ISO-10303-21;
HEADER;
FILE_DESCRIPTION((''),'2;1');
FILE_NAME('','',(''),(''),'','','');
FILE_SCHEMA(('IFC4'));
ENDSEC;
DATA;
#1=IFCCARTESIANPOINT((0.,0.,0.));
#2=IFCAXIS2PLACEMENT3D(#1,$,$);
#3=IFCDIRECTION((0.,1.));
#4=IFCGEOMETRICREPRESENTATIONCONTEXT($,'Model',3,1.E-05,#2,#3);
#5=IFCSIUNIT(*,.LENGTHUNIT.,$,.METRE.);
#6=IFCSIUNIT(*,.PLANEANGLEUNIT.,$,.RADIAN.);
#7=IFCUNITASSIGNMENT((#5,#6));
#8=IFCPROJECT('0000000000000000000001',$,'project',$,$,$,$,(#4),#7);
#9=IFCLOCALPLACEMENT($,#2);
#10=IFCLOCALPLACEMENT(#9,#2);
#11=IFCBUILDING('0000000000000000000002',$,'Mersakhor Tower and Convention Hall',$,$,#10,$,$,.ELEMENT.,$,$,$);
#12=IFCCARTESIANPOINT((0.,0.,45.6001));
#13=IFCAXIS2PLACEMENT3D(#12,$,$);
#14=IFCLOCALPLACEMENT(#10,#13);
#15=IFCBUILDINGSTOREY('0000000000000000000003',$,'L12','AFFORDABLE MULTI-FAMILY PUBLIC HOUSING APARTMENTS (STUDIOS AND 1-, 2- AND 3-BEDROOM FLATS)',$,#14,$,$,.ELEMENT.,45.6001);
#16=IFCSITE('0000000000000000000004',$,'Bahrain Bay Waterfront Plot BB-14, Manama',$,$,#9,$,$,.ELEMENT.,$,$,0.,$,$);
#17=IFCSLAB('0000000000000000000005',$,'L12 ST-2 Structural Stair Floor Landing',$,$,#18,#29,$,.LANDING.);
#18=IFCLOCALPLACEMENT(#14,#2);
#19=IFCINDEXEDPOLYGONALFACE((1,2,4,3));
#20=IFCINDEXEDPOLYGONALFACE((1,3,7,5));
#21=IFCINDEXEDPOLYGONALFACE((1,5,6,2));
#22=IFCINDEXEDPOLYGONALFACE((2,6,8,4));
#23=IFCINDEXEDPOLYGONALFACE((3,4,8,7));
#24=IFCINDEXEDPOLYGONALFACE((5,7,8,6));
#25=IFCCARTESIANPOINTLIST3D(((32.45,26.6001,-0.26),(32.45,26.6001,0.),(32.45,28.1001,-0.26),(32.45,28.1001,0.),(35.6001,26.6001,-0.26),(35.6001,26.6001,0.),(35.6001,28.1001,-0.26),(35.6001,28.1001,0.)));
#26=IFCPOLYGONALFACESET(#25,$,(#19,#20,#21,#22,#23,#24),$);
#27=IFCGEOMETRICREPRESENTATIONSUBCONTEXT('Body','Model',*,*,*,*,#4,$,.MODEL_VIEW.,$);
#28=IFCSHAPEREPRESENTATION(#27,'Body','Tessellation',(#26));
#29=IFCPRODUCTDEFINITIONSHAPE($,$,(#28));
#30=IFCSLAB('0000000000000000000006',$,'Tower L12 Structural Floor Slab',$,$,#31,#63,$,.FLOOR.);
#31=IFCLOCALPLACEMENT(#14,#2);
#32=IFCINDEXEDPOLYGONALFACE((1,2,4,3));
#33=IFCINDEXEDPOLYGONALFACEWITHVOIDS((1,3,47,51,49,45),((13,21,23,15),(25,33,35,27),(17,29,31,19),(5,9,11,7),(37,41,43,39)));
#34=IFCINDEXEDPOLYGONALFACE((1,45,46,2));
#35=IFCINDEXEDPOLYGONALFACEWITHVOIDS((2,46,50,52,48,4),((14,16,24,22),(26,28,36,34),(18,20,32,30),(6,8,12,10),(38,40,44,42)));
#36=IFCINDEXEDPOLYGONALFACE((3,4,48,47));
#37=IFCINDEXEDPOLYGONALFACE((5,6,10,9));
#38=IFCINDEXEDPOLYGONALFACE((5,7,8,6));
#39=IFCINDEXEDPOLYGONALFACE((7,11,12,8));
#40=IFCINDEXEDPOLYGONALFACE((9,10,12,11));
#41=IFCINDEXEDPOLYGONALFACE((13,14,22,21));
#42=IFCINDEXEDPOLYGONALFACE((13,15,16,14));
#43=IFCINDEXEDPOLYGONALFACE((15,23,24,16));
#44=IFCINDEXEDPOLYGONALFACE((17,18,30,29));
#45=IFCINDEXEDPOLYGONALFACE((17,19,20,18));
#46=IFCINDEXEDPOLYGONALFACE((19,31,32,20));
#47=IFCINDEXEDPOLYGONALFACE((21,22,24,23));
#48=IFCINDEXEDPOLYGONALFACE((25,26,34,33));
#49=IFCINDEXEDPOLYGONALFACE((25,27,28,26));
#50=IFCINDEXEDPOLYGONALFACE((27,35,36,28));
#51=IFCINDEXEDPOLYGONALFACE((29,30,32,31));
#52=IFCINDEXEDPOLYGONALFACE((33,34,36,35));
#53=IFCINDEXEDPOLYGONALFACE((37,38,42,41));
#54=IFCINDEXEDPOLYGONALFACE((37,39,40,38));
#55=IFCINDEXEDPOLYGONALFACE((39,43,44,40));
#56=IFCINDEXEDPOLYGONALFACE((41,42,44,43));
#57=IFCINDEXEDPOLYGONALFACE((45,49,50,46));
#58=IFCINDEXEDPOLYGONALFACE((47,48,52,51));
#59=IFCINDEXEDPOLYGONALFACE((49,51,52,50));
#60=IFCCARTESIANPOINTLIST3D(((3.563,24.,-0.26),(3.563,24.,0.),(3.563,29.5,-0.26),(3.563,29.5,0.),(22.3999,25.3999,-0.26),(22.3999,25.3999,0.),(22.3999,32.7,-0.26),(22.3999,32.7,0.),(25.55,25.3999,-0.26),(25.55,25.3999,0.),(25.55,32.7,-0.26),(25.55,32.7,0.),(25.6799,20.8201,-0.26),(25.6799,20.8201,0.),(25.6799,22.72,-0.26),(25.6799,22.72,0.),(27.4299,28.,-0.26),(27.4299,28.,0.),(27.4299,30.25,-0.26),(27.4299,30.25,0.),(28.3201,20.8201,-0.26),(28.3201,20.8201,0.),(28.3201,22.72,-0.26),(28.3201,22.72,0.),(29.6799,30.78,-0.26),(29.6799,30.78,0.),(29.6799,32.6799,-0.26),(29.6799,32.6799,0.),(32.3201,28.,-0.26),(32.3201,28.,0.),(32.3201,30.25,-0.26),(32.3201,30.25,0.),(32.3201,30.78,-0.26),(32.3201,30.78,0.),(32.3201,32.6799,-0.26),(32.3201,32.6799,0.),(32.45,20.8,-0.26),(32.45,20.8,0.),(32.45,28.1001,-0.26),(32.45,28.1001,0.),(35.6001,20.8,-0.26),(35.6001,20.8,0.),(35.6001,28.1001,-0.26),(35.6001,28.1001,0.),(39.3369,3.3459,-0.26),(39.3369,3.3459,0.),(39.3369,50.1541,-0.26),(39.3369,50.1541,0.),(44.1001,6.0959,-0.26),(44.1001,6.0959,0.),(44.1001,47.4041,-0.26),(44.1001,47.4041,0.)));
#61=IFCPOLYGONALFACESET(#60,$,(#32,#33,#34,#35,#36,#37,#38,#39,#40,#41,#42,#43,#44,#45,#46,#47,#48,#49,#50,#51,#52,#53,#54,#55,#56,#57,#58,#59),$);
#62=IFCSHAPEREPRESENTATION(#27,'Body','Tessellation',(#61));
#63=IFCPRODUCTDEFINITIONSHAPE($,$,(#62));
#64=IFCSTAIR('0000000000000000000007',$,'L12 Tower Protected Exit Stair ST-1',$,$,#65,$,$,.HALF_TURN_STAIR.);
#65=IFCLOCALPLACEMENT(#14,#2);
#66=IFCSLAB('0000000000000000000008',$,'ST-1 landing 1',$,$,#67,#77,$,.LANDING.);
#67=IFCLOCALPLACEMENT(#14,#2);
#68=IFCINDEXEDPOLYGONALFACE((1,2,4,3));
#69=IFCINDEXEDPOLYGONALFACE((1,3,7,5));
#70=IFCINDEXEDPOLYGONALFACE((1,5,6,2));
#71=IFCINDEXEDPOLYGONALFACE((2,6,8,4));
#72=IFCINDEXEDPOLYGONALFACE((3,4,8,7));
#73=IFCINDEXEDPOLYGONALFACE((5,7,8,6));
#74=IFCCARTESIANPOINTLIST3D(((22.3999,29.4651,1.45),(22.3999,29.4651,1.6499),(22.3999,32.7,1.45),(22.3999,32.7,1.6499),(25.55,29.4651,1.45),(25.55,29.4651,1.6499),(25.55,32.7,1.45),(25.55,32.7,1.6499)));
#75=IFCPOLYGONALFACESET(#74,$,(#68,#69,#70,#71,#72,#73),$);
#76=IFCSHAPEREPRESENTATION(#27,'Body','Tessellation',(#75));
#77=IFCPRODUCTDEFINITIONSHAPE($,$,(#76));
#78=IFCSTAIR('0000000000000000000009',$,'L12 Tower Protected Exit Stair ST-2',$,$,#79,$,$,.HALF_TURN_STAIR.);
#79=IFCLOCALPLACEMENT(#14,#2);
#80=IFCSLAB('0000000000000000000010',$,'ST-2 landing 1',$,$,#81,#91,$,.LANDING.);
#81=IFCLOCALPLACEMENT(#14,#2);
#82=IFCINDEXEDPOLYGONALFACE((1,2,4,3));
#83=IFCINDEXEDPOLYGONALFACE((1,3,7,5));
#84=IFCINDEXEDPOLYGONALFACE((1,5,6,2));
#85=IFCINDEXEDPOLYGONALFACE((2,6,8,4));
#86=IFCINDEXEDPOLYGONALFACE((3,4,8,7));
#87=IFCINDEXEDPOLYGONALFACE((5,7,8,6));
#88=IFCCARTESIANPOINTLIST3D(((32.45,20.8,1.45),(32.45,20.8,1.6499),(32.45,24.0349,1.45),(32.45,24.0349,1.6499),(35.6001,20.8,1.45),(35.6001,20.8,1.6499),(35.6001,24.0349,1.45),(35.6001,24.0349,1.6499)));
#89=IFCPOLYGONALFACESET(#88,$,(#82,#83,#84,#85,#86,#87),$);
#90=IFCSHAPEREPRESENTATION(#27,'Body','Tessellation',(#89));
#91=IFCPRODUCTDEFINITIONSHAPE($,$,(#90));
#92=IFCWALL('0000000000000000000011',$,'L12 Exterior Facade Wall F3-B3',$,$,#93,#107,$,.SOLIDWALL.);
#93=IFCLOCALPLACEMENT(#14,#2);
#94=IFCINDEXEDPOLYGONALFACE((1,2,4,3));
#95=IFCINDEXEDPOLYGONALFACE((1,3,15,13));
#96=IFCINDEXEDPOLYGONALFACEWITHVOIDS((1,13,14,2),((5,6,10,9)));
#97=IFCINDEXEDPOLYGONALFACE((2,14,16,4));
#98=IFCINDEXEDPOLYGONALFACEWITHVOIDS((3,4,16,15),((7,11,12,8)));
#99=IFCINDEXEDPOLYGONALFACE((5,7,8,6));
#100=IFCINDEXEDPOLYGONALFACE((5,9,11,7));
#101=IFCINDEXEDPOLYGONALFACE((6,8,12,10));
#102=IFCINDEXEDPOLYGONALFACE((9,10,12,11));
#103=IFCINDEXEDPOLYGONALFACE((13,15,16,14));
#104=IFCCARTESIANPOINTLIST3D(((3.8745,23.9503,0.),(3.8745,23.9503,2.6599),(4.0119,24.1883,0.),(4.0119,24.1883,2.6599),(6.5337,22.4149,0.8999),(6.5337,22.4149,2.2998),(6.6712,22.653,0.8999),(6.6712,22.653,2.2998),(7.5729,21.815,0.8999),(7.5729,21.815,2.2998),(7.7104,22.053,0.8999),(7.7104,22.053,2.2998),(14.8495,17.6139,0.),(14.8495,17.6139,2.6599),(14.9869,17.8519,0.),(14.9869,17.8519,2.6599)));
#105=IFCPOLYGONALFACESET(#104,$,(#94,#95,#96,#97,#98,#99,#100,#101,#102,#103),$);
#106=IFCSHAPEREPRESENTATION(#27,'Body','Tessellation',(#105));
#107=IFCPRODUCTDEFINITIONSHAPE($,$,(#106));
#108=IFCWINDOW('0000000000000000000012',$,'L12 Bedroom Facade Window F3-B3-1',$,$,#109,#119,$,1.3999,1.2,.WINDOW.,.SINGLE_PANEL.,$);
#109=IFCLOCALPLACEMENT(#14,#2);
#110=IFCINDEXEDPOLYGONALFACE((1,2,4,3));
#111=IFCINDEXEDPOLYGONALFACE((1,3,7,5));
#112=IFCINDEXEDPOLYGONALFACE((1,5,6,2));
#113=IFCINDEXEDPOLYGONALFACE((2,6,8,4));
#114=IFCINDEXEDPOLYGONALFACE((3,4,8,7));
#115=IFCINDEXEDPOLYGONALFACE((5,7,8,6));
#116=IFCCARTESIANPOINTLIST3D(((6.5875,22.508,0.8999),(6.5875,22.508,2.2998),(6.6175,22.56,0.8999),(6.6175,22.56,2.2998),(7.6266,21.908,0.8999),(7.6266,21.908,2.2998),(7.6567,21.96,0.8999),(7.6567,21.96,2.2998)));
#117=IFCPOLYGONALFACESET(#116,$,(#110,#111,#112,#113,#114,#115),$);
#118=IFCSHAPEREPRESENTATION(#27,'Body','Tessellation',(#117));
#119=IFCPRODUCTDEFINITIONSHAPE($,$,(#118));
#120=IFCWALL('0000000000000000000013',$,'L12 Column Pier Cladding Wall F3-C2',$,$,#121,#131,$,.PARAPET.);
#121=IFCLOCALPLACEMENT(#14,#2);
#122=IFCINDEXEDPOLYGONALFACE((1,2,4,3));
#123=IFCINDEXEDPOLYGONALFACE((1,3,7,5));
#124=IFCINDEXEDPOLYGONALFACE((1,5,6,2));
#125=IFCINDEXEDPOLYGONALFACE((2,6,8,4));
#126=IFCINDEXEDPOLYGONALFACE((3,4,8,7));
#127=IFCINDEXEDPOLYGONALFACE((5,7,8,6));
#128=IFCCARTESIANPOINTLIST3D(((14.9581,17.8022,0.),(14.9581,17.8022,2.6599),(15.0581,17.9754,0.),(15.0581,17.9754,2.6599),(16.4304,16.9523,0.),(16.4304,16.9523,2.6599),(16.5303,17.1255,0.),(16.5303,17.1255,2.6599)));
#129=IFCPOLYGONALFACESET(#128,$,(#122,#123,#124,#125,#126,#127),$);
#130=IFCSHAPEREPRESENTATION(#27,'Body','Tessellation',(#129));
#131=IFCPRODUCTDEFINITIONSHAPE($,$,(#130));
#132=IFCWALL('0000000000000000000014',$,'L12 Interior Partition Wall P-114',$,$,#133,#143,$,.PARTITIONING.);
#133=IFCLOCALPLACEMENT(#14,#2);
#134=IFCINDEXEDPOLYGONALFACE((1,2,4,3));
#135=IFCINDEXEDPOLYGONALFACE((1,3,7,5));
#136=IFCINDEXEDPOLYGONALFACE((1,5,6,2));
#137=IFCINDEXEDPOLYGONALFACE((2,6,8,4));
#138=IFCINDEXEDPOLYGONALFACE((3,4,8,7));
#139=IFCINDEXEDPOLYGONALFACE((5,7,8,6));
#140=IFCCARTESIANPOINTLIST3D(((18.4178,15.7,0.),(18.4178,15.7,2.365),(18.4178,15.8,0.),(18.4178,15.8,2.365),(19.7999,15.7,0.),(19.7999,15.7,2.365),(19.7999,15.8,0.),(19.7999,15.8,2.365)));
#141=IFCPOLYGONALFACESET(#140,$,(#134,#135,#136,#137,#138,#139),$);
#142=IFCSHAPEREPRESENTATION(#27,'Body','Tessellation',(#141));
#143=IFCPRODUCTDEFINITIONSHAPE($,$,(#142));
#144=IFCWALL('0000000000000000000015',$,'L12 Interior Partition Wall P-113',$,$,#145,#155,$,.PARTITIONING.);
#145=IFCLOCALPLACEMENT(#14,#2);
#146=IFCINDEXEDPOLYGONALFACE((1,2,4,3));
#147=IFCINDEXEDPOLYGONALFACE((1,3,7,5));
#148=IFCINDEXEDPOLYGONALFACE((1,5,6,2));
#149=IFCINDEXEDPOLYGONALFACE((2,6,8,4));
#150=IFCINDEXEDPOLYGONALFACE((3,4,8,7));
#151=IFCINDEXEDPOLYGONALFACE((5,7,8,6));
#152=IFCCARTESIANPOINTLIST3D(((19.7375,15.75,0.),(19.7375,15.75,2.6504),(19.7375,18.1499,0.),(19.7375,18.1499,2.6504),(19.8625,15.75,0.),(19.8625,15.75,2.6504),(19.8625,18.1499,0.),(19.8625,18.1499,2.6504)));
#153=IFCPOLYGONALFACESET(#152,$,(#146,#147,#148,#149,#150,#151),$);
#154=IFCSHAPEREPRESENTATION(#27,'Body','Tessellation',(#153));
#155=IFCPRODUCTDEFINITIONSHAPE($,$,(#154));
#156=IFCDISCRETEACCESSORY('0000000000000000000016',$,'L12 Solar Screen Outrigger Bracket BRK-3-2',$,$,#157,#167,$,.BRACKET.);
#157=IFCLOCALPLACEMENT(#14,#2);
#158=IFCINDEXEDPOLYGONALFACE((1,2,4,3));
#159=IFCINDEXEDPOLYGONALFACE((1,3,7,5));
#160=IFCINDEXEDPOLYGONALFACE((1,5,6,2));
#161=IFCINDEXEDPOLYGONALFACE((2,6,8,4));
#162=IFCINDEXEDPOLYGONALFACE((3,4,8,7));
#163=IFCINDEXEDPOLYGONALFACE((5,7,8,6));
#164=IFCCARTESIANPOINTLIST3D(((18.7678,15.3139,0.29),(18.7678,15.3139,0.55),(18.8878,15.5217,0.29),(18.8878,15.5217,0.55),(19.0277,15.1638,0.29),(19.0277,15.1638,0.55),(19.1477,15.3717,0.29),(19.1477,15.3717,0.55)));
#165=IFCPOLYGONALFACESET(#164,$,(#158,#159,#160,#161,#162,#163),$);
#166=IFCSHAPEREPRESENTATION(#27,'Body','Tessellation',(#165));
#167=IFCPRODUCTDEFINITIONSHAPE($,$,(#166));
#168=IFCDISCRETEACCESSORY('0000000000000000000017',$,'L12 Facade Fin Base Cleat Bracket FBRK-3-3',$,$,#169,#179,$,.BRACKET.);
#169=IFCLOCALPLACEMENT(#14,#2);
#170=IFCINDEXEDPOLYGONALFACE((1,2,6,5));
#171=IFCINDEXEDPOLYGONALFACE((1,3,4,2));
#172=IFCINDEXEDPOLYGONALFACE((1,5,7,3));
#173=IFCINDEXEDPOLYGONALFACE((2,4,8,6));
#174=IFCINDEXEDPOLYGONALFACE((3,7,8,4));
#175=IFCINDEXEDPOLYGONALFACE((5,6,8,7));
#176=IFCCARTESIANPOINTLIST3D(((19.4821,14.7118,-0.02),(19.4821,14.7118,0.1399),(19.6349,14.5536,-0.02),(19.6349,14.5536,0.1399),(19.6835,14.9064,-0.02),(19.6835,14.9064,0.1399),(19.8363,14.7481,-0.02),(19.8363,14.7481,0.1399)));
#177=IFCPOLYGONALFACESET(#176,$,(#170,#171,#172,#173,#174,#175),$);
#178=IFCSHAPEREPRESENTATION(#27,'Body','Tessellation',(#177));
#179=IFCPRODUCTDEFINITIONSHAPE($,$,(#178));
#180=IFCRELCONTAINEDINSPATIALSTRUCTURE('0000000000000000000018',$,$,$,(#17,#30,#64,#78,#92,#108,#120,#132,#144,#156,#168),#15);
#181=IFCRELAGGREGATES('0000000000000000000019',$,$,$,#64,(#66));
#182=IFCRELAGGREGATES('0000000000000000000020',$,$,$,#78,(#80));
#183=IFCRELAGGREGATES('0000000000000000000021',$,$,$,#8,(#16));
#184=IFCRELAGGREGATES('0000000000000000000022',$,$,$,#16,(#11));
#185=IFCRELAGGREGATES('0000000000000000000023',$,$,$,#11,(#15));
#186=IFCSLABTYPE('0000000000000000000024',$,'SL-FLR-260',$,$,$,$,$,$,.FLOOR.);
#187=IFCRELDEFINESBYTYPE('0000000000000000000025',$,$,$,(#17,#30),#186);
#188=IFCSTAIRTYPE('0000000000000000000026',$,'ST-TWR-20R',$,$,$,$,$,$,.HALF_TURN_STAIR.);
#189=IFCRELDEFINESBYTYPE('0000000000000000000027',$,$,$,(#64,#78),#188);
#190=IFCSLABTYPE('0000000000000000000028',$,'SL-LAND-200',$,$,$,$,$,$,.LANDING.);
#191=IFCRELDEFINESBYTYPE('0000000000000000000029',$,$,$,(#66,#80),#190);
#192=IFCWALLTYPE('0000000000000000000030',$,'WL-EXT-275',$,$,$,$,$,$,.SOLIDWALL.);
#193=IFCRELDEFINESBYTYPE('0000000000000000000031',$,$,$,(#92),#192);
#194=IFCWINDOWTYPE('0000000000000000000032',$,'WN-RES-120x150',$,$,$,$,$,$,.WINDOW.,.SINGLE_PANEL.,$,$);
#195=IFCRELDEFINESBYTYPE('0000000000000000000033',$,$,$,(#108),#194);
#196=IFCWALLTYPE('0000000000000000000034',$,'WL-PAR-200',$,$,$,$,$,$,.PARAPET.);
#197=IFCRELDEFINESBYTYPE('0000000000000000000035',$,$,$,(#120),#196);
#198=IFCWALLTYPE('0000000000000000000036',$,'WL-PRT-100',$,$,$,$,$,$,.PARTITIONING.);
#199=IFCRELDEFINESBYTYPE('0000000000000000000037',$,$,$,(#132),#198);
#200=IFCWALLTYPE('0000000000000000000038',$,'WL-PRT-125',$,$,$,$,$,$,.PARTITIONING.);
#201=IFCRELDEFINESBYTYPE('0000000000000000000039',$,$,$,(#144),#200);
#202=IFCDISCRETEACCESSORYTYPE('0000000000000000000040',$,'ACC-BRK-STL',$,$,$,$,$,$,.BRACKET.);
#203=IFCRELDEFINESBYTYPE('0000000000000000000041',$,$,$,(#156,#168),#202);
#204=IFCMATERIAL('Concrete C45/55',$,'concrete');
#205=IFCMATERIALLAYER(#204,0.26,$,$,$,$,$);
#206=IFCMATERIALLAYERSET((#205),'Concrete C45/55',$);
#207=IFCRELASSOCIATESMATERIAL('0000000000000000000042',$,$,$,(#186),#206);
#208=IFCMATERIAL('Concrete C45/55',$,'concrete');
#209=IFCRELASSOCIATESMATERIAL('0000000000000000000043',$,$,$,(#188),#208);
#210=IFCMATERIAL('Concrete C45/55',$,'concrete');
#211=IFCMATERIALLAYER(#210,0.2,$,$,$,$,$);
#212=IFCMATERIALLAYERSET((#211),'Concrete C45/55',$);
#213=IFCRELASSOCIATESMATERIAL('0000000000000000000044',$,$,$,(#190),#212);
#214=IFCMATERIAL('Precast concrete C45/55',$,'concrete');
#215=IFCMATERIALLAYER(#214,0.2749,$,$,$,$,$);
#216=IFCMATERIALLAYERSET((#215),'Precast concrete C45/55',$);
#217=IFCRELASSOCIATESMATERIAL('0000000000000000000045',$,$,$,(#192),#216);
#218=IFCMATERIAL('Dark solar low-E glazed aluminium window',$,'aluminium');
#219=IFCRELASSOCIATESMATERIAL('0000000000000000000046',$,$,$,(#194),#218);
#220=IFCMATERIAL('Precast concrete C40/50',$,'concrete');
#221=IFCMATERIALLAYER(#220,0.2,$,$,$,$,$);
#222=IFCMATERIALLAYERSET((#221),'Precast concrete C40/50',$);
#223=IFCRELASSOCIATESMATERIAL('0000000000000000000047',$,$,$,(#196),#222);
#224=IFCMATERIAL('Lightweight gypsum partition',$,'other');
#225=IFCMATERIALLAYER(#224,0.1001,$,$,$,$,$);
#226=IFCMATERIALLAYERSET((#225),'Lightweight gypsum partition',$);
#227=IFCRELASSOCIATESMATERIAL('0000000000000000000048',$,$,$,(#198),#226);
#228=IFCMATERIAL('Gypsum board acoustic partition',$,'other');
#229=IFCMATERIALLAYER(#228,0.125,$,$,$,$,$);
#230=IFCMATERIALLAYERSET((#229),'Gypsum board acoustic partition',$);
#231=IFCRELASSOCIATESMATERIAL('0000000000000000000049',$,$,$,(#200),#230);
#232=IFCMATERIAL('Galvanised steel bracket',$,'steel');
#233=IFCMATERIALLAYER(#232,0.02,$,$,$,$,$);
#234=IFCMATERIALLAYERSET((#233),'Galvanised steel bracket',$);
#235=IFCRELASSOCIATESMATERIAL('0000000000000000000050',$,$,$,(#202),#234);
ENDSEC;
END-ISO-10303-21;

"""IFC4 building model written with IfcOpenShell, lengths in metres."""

from ifc_helpers import new_model, si_unit, direction, frame, frame_2d, origin, origin_2d, place, context, subcontext, project, spatial, polyline, rectangle, outline, extrude, material, layer, layer_set, type_object, element, fill, aggregate, save


model = new_model("IFC4")

# Units and contexts
model_context = context("Model", 3, precision=1e-05, world=origin(), true_north=direction((0.0, 1.0)))
body_context = subcontext(model_context, "Body", "Model", "MODEL_VIEW")
ifc_project = project(units=[si_unit("LENGTHUNIT", "METRE"), si_unit("PLANEANGLEUNIT", "RADIAN")], contexts=[model_context])

# Site, building, storey
site_placement = place(None, origin())
site = spatial("IfcSite", under=ifc_project, at=site_placement, Name="Bahrain Bay Waterfront Plot BB-14, Manama", CompositionType="ELEMENT", RefElevation=0.0)
building_placement = place(site_placement, origin())
building = spatial("IfcBuilding", under=site, at=building_placement, Name="Mersakhor Tower and Convention Hall", CompositionType="ELEMENT")
storey_placement = place(building_placement, frame((0.0, 0.0, 45.6001)))
storey = spatial("IfcBuildingStorey", under=building, at=storey_placement, Name="L12", Description="AFFORDABLE MULTI-FAMILY PUBLIC HOUSING APARTMENTS (STUDIOS AND 1-, 2- AND 3-BEDROOM FLATS)", CompositionType="ELEMENT", Elevation=45.6001)

# Slabs
ifc_material_1 = material(Name="Concrete C45/55", Category="concrete")
ifc_layer_1 = layer(ifc_material_1, 0.26)
ifc_layer_set_1 = layer_set([ifc_layer_1], Name="Concrete C45/55")
slab_type_1 = type_object("IfcSlabType", Name="SL-FLR-260", PredefinedType="FLOOR", material=ifc_layer_set_1)
slab_1_placement = place(storey_placement, frame((0.0, 0.0, -0.26)))
element("IfcSlab", 1, at=slab_1_placement, inside=storey, type_object=slab_type_1, Name="L12 ST-2 Structural Stair Floor Landing", PredefinedType="LANDING", context=body_context, shape_type="SweptSolid", body=[
    extrude(outline(polyline([(32.45, 28.1001), (32.45, 26.6001), (35.6001, 26.6001), (35.6001, 28.1001), (32.45, 28.1001)])), origin(), (0.0, 0.0, 1.0), 0.26),
])
slab_2_placement = place(storey_placement, frame((0.0, 0.0, -0.26)))
element("IfcSlab", 2, at=slab_2_placement, inside=storey, type_object=slab_type_1, Name="Tower L12 Structural Floor Slab", PredefinedType="FLOOR", context=body_context, shape_type="SweptSolid", body=[
    extrude(outline(polyline([(3.563, 29.5), (39.3369, 50.1541), (44.1001, 47.4041), (44.1001, 6.0959), (39.3369, 3.3459), (3.563, 24.0), (3.563, 29.5)]), holes=[polyline([(25.55, 25.3999), (25.55, 32.7), (22.3999, 32.7), (22.3999, 25.3999), (25.55, 25.3999)]), polyline([(32.45, 28.1001), (32.45, 20.8), (35.6001, 20.8), (35.6001, 28.1001), (32.45, 28.1001)]), polyline([(25.6799, 20.8201), (25.6799, 22.72), (28.3201, 22.72), (28.3201, 20.8201), (25.6799, 20.8201)]), polyline([(29.6799, 30.78), (29.6799, 32.6799), (32.3201, 32.6799), (32.3201, 30.78), (29.6799, 30.78)]), polyline([(27.4299, 28.0), (27.4299, 30.25), (32.3201, 30.25), (32.3201, 28.0), (27.4299, 28.0)])]), origin(), (0.0, 0.0, 1.0), 0.26),
])

# Stairs, slabs
ifc_material_2 = material(Name="Concrete C45/55", Category="concrete")
stair_type = type_object("IfcStairType", Name="ST-TWR-20R", PredefinedType="HALF_TURN_STAIR", material=ifc_material_2)
stair_1_placement = place(storey_placement, origin())
stair_1 = element("IfcStair", 3, at=stair_1_placement, inside=storey, type_object=stair_type, Name="L12 Tower Protected Exit Stair ST-1", PredefinedType="HALF_TURN_STAIR")
ifc_material_3 = material(Name="Concrete C45/55", Category="concrete")
ifc_layer_2 = layer(ifc_material_3, 0.2)
ifc_layer_set_2 = layer_set([ifc_layer_2], Name="Concrete C45/55")
slab_type_2 = type_object("IfcSlabType", Name="SL-LAND-200", PredefinedType="LANDING", material=ifc_layer_set_2)
slab_3_placement = place(storey_placement, frame((0.0, 0.0, 1.45)))
slab_3 = element("IfcSlab", 4, at=slab_3_placement, type_object=slab_type_2, Name="ST-1 landing 1", PredefinedType="LANDING", context=body_context, shape_type="SweptSolid", body=[
    extrude(outline(polyline([(25.55, 29.4651), (25.55, 32.7), (22.3999, 32.7), (22.3999, 29.4651), (25.55, 29.4651)])), origin(), (0.0, 0.0, 1.0), 0.2),
])
aggregate(stair_1, [slab_3])
stair_2_placement = place(storey_placement, origin())
stair_2 = element("IfcStair", 5, at=stair_2_placement, inside=storey, type_object=stair_type, Name="L12 Tower Protected Exit Stair ST-2", PredefinedType="HALF_TURN_STAIR")
slab_4_placement = place(storey_placement, frame((0.0, 0.0, 1.45)))
slab_4 = element("IfcSlab", 6, at=slab_4_placement, type_object=slab_type_2, Name="ST-2 landing 1", PredefinedType="LANDING", context=body_context, shape_type="SweptSolid", body=[
    extrude(outline(polyline([(32.45, 24.0349), (32.45, 20.8), (35.6001, 20.8), (35.6001, 24.0349), (32.45, 24.0349)])), origin(), (0.0, 0.0, 1.0), 0.2),
])
aggregate(stair_2, [slab_4])

# Wall, opening, window
ifc_material_4 = material(Name="Precast concrete C45/55", Category="concrete")
ifc_layer_3 = layer(ifc_material_4, 0.2749)
ifc_layer_set_3 = layer_set([ifc_layer_3], Name="Precast concrete C45/55")
wall_type_1 = type_object("IfcWallType", Name="WL-EXT-275", PredefinedType="SOLIDWALL", material=ifc_layer_set_3)
wall_1_placement = place(storey_placement, frame((14.9182, 17.7329, 0.0), z_axis=(0.0, 0.0, 1.0), x_axis=(-0.866027, 0.499997, 0.0)))
wall_1 = element("IfcWall", 7, at=wall_1_placement, inside=storey, type_object=wall_type_1, Name="L12 Exterior Facade Wall F3-B3", PredefinedType="SOLIDWALL", context=body_context, shape_type="SweptSolid", body=[
    extrude(rectangle(XDim=12.6729, YDim=0.2749, at=frame_2d((6.3364, 0.0))), origin(), (0.0, 0.0, 1.0), 2.6599),
])
opening_placement = place(wall_1_placement, frame((8.4021, 0.0, 0.8999)))
opening = element("IfcOpeningElement", 8, at=opening_placement, cuts=wall_1, PredefinedType="OPENING", context=body_context, shape_type="SweptSolid", body=[
    extrude(rectangle(XDim=1.2, YDim=1.3999, at=frame_2d((0.6001, 0.7))), frame((0.0, 0.1475, 0.0), z_axis=(0.0, -1.0, 0.0), x_axis=(1.0, 0.0, 0.0)), (0.0, 0.0, 1.0), 0.2949),
])
ifc_material_5 = material(Name="Dark solar low-E glazed aluminium window", Category="aluminium")
window_type = type_object("IfcWindowType", Name="WN-RES-120x150", PartitioningType="SINGLE_PANEL", PredefinedType="WINDOW", material=ifc_material_5)
window_placement = place(opening_placement, origin())
window = element("IfcWindow", 9, at=window_placement, inside=storey, type_object=window_type, Name="L12 Bedroom Facade Window F3-B3-1", OverallHeight=1.3999, OverallWidth=1.2, PartitioningType="SINGLE_PANEL", PredefinedType="WINDOW", context=body_context, shape_type="SweptSolid", body=[
    extrude(rectangle(XDim=1.2, YDim=1.3999, at=frame_2d((0.6001, 0.7))), frame((0.0, 0.03, 0.0), z_axis=(0.0, -1.0, 0.0), x_axis=(1.0, 0.0, 0.0)), (0.0, 0.0, 1.0), 0.0601),
])
fill(opening, window)

# Walls
ifc_material_6 = material(Name="Precast concrete C40/50", Category="concrete")
ifc_layer_4 = layer(ifc_material_6, 0.2)
ifc_layer_set_4 = layer_set([ifc_layer_4], Name="Precast concrete C40/50")
wall_type_2 = type_object("IfcWallType", Name="WL-PAR-200", PredefinedType="PARAPET", material=ifc_layer_set_4)
wall_2_placement = place(storey_placement, frame((16.4805, 17.0388, 0.0), z_axis=(0.0, 0.0, 1.0), x_axis=(-0.866052, 0.499955, 0.0)))
element("IfcWall", 10, at=wall_2_placement, inside=storey, type_object=wall_type_2, Name="L12 Column Pier Cladding Wall F3-C2", PredefinedType="PARAPET", context=body_context, shape_type="SweptSolid", body=[
    extrude(rectangle(XDim=1.7, YDim=0.2, at=frame_2d((0.8501, 0.0))), origin(), (0.0, 0.0, 1.0), 2.6599),
])
ifc_material_7 = material(Name="Lightweight gypsum partition", Category="other")
ifc_layer_5 = layer(ifc_material_7, 0.1001)
ifc_layer_set_5 = layer_set([ifc_layer_5], Name="Lightweight gypsum partition")
wall_type_3 = type_object("IfcWallType", Name="WL-PRT-100", PredefinedType="PARTITIONING", material=ifc_layer_set_5)
wall_3_placement = place(storey_placement, frame((18.418, 15.75, 0.0), z_axis=(0.0, 0.0, 1.0), x_axis=(1.0, 0.0, 0.0)))
element("IfcWall", 11, at=wall_3_placement, inside=storey, type_object=wall_type_3, Name="L12 Interior Partition Wall P-114", PredefinedType="PARTITIONING", context=body_context, shape_type="SweptSolid", body=[
    extrude(rectangle(XDim=1.3821, YDim=0.1001, at=frame_2d((0.6909, 0.0))), origin(), (0.0, 0.0, 1.0), 2.365),
])
ifc_material_8 = material(Name="Gypsum board acoustic partition", Category="other")
ifc_layer_6 = layer(ifc_material_8, 0.125)
ifc_layer_set_6 = layer_set([ifc_layer_6], Name="Gypsum board acoustic partition")
wall_type_4 = type_object("IfcWallType", Name="WL-PRT-125", PredefinedType="PARTITIONING", material=ifc_layer_set_6)
wall_4_placement = place(storey_placement, frame((19.8, 15.75, 0.0), z_axis=(0.0, 0.0, 1.0), x_axis=(0.0, 1.0, 0.0)))
element("IfcWall", 12, at=wall_4_placement, inside=storey, type_object=wall_type_4, Name="L12 Interior Partition Wall P-113", PredefinedType="PARTITIONING", context=body_context, shape_type="SweptSolid", body=[
    extrude(rectangle(XDim=2.3999, YDim=0.125, at=frame_2d((1.2, 0.0))), origin(), (0.0, 0.0, 1.0), 2.6504),
])

# Discrete accessories
ifc_material_9 = material(Name="Galvanised steel bracket", Category="steel")
ifc_layer_7 = layer(ifc_material_9, 0.02)
ifc_layer_set_7 = layer_set([ifc_layer_7], Name="Galvanised steel bracket")
discrete_accessory_type = type_object("IfcDiscreteAccessoryType", Name="ACC-BRK-STL", PredefinedType="BRACKET", material=ifc_layer_set_7)
discrete_accessory_1_placement = place(storey_placement, frame((18.9578, 15.3428, 0.29), z_axis=(0.0, 0.0, 1.0), x_axis=(-0.866025, 0.5, 0.0)))
element("IfcDiscreteAccessory", 13, at=discrete_accessory_1_placement, inside=storey, type_object=discrete_accessory_type, Name="L12 Solar Screen Outrigger Bracket BRK-3-2", PredefinedType="BRACKET", context=body_context, shape_type="SweptSolid", body=[
    extrude(rectangle(XDim=0.3, YDim=0.24, at=origin_2d()), origin(), (0.0, 0.0, 1.0), 0.26),
])
discrete_accessory_2_placement = place(storey_placement, frame((19.6592, 14.73, -0.02), z_axis=(0.0, 0.0, 1.0), x_axis=(-0.71934, -0.694658, 0.0)))
element("IfcDiscreteAccessory", 14, at=discrete_accessory_2_placement, inside=storey, type_object=discrete_accessory_type, Name="L12 Facade Fin Base Cleat Bracket FBRK-3-3", PredefinedType="BRACKET", context=body_context, shape_type="SweptSolid", body=[
    extrude(rectangle(XDim=0.28, YDim=0.22, at=origin_2d()), origin(), (0.0, 0.0, 1.0), 0.1599),
])

save(model, "model.ifc")
